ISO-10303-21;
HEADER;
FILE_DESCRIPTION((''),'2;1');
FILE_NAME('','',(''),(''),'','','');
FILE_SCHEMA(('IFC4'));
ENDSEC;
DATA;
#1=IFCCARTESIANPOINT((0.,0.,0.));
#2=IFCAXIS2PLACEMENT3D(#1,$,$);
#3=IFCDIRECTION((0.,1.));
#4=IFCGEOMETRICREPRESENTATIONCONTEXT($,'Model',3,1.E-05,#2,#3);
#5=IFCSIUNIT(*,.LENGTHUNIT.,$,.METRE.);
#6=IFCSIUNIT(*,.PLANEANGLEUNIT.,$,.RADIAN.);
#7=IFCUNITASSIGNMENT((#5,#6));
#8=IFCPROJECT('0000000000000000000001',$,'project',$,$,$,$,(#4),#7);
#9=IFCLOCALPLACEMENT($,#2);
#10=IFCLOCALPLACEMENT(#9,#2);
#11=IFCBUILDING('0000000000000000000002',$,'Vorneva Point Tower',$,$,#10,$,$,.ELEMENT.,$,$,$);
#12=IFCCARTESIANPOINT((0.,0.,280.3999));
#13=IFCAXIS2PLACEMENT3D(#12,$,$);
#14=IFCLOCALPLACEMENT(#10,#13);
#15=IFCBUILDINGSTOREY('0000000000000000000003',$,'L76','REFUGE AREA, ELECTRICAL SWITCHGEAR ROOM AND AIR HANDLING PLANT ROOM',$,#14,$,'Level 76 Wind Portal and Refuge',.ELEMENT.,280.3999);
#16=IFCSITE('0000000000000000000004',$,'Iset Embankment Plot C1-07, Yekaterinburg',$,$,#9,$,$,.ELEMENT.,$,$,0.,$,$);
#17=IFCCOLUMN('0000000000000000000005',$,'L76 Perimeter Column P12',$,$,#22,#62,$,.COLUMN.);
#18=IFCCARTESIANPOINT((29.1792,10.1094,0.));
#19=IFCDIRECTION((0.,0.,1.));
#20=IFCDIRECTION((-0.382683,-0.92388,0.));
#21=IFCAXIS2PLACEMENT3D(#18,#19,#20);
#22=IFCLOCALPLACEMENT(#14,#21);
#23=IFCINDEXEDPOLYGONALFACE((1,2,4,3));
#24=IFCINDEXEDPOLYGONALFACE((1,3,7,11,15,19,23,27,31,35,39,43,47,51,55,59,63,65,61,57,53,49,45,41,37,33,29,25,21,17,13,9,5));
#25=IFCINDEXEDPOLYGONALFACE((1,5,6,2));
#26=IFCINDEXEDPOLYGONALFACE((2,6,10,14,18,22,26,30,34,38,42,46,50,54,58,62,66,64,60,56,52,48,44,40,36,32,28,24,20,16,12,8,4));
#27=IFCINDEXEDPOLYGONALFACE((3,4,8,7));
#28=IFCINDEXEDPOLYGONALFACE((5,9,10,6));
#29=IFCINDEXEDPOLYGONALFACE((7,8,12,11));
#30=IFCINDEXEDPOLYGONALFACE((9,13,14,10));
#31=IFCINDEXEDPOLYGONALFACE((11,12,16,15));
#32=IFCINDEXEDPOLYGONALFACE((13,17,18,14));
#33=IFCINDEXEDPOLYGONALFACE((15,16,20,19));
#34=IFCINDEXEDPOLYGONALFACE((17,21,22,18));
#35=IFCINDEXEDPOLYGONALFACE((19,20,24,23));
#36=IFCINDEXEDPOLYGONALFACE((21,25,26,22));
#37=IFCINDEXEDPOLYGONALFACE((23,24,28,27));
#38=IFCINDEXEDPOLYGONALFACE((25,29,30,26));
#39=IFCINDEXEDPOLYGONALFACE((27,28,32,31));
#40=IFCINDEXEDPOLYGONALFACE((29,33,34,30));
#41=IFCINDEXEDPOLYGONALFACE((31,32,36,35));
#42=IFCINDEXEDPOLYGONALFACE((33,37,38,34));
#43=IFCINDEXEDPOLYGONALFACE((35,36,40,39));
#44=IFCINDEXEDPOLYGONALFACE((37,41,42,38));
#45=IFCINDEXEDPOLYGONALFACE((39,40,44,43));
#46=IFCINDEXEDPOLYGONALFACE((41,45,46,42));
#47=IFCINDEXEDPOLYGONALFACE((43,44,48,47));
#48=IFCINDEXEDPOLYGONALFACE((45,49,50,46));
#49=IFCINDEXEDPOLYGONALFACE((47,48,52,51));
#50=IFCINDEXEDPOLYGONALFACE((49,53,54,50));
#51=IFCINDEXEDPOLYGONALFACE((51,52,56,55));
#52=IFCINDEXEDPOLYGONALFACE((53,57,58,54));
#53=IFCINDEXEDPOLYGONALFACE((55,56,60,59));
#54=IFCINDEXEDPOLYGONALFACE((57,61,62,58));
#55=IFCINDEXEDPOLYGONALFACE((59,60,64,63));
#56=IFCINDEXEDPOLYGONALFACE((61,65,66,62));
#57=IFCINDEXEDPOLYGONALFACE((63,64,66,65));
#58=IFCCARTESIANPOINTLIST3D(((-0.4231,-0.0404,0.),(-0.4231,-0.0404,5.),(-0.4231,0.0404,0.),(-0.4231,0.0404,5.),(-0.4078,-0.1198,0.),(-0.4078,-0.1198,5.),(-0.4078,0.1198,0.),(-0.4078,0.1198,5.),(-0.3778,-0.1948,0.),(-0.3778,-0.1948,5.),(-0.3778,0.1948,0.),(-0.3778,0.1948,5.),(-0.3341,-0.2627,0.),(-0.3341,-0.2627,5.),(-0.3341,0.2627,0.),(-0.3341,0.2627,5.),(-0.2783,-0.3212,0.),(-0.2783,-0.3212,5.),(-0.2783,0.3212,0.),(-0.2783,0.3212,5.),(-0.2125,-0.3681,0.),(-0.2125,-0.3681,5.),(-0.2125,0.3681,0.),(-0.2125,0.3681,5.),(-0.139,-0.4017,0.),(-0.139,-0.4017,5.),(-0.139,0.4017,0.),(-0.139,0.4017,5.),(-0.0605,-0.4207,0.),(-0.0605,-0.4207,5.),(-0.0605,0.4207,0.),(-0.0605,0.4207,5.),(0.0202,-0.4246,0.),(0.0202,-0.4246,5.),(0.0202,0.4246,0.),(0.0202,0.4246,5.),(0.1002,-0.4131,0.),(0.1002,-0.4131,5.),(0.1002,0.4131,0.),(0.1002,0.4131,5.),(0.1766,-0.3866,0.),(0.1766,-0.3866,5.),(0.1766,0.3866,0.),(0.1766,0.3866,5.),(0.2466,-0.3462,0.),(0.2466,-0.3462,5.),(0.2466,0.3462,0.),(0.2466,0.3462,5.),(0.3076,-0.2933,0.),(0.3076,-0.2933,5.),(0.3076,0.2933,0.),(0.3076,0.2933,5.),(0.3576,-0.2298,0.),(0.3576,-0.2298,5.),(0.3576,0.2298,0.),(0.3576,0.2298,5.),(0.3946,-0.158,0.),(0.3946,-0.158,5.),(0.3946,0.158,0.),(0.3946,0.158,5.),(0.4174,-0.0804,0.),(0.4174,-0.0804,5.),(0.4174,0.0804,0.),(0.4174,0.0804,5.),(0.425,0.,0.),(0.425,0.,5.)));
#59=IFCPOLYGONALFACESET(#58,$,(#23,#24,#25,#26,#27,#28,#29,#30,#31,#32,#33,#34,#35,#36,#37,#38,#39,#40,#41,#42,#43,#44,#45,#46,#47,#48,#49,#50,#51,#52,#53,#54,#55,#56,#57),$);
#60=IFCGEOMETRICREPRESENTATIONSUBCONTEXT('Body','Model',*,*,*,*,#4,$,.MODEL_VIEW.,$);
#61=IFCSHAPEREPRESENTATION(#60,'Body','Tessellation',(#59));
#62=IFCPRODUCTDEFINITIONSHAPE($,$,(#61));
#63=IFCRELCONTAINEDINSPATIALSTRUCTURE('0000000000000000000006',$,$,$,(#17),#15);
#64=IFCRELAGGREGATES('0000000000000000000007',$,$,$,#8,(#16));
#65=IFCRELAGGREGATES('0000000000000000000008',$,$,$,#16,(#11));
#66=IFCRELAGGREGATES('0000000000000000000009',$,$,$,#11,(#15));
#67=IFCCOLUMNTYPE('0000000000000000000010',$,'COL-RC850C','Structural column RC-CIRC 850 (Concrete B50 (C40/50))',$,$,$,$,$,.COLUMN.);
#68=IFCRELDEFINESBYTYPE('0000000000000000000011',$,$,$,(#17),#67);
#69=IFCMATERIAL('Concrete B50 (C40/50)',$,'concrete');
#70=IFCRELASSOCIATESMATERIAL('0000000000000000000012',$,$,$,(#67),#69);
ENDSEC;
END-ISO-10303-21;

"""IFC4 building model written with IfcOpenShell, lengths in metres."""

from ifc_helpers import new_model, si_unit, direction, frame, origin, origin_2d, place, context, subcontext, project, spatial, circle, extrude, material, material_profile, profile_set, type_object, element, save


model = new_model("IFC4")

# Units and contexts
model_context = context("Model", 3, precision=1e-05, world=origin(), true_north=direction((0.0, 1.0)))
body_context = subcontext(model_context, "Body", "Model", "MODEL_VIEW")
ifc_project = project(units=[si_unit("LENGTHUNIT", "METRE"), si_unit("PLANEANGLEUNIT", "RADIAN")], contexts=[model_context])

# Site, building, storey
site_placement = place(None, origin())
site = spatial("IfcSite", under=ifc_project, at=site_placement, Name="Iset Embankment Plot C1-07, Yekaterinburg", CompositionType="ELEMENT", RefElevation=0.0)
building_placement = place(site_placement, origin())
building = spatial("IfcBuilding", under=site, at=building_placement, Name="Vorneva Point Tower", CompositionType="ELEMENT")
storey_placement = place(building_placement, frame((0.0, 0.0, 280.3999)))
storey = spatial("IfcBuildingStorey", under=building, at=storey_placement, Name="L76", Description="REFUGE AREA, ELECTRICAL SWITCHGEAR ROOM AND AIR HANDLING PLANT ROOM", LongName="Level 76 Wind Portal and Refuge", CompositionType="ELEMENT", Elevation=280.3999)

# Column
ifc_material_1 = material(Name="Concrete B50 (C40/50)", Category="concrete")
ifc_material_profile_1 = material_profile(ifc_material_1, circle(Radius=0.425, at=origin_2d()), Name="RC-CIRC 850")
ifc_profile_set_1 = profile_set([ifc_material_profile_1], Name="Concrete B50 (C40/50)")
column_type_1 = type_object("IfcColumnType", Name="COL-RC850C", Description="Structural column RC-CIRC 850 (Concrete B50 (C40/50))", PredefinedType="COLUMN", material=ifc_profile_set_1)
column_placement = place(storey_placement, frame((29.1792, 10.1094, 0.0), z_axis=(0.0, 0.0, 1.0), x_axis=(-0.382683, -0.92388, 0.0)))
element("IfcColumn", 1, at=column_placement, inside=storey, type_object=column_type_1, Name="L76 Perimeter Column P12", PredefinedType="COLUMN", context=body_context, shape_type="SweptSolid", body=[
    extrude(circle(Radius=0.425, at=origin_2d()), origin(), (0.0, 0.0, 1.0), 5.0),
])

save(model, "model.ifc")
